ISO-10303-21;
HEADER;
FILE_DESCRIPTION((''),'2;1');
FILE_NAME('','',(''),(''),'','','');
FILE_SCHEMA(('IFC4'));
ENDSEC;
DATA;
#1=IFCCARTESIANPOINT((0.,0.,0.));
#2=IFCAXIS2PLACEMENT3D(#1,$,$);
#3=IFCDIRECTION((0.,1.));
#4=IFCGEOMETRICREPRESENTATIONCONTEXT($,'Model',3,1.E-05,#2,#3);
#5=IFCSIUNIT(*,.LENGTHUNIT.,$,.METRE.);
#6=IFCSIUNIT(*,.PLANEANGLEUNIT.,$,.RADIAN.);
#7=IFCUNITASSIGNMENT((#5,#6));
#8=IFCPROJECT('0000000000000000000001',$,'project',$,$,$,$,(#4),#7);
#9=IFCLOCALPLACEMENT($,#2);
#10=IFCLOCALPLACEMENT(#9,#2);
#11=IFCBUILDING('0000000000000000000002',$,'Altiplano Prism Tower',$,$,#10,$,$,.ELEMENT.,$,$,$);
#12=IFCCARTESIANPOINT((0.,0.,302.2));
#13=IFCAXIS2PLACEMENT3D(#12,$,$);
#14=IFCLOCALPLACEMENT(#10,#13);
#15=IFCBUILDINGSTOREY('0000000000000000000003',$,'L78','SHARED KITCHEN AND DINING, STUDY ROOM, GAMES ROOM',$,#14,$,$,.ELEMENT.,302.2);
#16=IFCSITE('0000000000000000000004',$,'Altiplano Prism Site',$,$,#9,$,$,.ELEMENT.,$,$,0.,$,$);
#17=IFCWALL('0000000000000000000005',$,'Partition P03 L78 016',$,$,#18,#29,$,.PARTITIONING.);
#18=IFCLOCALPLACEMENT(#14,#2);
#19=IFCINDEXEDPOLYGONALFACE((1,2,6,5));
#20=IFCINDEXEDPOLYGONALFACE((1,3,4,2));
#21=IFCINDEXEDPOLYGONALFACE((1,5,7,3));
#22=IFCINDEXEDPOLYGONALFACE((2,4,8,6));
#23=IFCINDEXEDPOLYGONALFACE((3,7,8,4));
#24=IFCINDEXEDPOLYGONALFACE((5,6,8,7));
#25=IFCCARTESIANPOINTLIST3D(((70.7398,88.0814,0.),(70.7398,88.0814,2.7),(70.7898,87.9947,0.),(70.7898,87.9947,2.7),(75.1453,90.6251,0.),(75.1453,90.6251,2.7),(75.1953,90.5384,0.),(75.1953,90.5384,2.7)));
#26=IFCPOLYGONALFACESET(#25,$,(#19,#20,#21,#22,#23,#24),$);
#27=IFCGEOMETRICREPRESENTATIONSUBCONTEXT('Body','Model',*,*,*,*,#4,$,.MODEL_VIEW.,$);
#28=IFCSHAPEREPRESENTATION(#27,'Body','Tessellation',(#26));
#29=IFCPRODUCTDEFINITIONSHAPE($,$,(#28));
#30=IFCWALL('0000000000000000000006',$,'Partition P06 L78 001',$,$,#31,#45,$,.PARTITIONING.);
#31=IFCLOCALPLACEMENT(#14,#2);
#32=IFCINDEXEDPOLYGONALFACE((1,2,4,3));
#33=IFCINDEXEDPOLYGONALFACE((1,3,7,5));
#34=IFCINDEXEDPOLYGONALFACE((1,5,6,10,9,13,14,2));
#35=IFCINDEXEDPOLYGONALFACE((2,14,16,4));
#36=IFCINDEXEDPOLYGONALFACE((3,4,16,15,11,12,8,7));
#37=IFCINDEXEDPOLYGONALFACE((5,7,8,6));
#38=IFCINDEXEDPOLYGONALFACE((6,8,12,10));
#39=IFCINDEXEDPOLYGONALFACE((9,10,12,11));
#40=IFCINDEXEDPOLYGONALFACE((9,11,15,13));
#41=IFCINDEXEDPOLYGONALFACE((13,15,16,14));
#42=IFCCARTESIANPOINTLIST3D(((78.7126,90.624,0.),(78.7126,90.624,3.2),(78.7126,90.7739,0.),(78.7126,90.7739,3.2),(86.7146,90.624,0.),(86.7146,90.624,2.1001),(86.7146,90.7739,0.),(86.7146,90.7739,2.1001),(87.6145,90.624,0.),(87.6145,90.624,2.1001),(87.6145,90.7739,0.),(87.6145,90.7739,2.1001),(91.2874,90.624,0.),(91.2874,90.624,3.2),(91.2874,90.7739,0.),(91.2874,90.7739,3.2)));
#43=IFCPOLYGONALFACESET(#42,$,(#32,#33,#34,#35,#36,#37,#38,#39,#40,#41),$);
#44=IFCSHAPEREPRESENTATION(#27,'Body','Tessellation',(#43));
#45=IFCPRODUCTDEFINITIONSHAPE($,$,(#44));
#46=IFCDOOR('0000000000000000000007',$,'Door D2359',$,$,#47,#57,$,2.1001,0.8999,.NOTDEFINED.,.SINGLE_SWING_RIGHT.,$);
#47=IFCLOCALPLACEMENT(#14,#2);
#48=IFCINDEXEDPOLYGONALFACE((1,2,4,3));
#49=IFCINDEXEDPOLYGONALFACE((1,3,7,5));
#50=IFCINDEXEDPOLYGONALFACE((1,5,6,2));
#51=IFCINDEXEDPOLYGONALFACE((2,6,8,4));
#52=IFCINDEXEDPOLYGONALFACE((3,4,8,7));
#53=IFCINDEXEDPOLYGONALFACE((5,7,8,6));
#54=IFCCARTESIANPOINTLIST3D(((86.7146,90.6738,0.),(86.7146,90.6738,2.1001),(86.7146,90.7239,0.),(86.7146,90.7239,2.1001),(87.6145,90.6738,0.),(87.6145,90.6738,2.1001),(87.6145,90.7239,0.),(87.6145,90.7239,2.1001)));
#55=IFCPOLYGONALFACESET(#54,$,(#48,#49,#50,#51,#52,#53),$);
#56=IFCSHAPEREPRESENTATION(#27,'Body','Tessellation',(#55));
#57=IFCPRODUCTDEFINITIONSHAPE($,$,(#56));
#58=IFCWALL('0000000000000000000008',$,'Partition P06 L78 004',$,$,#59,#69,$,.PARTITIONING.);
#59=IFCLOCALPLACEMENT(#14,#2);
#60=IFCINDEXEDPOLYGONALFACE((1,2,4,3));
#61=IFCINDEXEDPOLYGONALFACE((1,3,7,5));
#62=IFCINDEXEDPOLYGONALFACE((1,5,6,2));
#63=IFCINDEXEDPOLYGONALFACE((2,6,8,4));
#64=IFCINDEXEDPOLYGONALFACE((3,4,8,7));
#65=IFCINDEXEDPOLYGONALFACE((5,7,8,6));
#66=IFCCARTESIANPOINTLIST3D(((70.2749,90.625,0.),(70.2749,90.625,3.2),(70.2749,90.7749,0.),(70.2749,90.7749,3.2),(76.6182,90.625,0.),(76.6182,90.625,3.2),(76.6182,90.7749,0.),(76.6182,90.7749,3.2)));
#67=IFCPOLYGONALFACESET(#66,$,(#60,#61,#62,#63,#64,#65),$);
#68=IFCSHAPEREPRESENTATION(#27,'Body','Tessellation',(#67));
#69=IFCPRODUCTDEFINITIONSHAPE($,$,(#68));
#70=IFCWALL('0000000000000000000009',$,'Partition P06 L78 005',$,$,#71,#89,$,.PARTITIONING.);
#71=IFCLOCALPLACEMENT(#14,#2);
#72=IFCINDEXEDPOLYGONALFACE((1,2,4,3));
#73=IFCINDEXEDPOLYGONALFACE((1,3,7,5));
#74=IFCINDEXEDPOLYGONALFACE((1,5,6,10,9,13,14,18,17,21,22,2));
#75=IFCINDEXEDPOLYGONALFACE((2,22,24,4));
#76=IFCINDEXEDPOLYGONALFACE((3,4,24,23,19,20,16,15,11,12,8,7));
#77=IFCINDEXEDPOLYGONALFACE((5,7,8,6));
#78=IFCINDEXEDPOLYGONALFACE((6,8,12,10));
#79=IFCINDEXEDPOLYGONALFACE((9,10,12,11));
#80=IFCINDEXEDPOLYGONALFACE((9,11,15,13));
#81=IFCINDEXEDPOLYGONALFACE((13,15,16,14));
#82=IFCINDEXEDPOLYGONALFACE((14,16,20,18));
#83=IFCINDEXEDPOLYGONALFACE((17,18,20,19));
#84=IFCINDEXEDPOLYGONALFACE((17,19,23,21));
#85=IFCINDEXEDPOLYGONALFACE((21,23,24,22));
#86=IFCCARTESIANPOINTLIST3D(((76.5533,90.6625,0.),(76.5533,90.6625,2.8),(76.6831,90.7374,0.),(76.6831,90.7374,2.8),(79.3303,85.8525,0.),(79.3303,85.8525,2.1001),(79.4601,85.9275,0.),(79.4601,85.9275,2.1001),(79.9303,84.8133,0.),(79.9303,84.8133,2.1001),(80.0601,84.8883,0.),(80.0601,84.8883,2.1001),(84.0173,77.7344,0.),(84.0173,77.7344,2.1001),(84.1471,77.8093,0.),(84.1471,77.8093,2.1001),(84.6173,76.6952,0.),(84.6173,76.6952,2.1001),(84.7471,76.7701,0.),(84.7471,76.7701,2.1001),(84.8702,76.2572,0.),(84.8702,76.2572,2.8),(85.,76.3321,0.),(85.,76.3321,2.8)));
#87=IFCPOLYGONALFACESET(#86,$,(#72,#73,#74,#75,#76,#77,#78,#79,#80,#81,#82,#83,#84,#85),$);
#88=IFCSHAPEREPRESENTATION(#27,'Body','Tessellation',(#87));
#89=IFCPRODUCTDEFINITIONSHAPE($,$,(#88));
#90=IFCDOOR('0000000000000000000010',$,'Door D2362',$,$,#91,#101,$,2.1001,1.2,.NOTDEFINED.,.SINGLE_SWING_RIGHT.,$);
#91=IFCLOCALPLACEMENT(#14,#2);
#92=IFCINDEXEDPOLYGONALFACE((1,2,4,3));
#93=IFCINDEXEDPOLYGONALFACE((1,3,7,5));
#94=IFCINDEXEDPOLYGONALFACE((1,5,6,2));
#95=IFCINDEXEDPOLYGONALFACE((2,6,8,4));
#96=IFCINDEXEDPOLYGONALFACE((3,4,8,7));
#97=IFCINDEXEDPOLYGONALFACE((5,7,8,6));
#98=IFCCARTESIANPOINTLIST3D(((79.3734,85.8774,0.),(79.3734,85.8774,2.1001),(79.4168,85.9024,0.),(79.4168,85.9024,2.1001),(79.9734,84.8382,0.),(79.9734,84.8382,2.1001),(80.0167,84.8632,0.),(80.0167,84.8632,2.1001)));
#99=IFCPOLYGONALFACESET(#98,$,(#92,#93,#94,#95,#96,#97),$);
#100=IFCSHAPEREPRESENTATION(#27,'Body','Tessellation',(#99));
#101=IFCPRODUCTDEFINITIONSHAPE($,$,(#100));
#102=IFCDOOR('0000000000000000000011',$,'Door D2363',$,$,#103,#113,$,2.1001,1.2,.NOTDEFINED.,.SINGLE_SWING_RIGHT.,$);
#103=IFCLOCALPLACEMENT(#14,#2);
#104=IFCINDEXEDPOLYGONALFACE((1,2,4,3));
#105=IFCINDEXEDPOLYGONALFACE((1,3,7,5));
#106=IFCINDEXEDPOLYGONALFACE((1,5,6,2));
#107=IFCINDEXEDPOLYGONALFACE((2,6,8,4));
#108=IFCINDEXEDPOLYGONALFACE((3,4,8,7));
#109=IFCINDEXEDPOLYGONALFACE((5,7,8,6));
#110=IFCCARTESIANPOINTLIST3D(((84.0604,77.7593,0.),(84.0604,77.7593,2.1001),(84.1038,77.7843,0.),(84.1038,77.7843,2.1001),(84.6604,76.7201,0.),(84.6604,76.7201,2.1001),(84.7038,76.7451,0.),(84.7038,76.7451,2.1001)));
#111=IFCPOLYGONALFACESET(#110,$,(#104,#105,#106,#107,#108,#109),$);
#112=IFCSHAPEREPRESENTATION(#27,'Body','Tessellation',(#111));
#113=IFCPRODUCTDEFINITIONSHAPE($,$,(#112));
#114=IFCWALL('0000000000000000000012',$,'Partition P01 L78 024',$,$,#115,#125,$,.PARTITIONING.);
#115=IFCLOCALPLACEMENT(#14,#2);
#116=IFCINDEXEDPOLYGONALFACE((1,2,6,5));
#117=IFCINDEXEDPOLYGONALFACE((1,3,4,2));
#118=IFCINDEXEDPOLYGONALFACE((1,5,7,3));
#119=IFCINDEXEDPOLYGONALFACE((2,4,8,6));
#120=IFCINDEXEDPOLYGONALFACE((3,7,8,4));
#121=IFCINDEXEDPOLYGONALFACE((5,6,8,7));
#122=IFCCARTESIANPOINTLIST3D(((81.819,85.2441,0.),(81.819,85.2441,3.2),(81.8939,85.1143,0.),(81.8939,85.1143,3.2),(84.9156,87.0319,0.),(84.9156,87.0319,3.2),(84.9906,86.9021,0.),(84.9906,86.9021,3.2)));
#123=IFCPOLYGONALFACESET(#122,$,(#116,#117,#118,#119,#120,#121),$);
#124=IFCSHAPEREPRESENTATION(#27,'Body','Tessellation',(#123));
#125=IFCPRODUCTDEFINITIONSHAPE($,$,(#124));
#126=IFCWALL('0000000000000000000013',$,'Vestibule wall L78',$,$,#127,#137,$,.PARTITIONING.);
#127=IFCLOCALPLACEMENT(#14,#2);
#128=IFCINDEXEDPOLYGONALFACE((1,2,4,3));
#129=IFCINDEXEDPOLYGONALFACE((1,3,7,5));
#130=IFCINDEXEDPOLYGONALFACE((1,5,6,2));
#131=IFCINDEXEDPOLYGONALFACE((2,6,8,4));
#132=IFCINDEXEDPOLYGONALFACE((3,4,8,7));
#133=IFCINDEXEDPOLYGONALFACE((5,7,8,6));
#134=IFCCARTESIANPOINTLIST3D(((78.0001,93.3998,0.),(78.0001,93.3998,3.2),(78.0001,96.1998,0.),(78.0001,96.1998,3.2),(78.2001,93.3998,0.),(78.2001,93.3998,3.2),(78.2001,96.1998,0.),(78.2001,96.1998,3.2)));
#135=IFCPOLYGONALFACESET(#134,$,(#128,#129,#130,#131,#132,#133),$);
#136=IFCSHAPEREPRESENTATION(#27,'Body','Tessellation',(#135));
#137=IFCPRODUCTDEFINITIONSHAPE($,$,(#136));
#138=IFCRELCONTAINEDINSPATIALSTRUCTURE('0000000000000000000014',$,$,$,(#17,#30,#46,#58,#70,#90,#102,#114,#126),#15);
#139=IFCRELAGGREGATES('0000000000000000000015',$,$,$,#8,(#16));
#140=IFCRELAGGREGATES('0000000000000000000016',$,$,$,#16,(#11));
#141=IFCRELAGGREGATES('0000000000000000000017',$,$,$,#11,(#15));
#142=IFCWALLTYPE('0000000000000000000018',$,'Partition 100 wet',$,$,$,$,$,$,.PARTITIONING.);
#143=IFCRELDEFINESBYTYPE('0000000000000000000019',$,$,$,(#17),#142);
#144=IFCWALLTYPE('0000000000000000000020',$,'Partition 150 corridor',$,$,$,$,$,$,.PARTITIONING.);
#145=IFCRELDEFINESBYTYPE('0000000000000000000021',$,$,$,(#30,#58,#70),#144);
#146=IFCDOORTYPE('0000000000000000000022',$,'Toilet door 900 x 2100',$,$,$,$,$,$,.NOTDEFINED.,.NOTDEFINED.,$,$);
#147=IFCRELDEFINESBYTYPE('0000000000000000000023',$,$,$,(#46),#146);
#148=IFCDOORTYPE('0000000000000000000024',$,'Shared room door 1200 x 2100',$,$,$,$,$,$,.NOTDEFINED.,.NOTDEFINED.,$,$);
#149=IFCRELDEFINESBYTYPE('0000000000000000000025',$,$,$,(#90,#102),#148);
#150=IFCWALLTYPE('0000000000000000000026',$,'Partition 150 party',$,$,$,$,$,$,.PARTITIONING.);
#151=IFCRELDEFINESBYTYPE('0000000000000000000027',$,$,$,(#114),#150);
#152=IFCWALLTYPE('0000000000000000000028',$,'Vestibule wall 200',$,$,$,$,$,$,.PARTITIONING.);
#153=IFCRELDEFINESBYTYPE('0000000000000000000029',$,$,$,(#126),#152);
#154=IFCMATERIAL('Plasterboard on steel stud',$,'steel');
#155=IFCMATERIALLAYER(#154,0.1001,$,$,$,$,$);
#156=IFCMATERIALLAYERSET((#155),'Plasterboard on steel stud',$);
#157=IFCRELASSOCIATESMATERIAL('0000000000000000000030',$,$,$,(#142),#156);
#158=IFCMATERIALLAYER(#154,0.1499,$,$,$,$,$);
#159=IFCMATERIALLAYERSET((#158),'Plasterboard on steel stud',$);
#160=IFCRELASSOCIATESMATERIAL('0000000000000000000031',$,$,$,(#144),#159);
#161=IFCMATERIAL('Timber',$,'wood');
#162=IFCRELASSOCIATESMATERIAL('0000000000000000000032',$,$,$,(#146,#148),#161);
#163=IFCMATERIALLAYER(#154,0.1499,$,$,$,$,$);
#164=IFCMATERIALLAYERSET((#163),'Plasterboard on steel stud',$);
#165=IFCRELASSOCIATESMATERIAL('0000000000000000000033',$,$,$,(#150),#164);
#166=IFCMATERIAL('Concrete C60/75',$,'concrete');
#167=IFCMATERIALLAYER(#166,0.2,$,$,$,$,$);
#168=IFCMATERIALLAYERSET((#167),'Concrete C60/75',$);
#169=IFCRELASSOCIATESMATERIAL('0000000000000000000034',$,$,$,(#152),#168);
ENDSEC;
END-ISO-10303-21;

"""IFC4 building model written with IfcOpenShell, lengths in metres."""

from ifc_helpers import new_model, si_unit, direction, frame, frame_2d, origin, place, context, subcontext, project, spatial, rectangle, extrude, material, layer, layer_set, type_object, element, fill, save


model = new_model("IFC4")

# Units and contexts
model_context = context("Model", 3, precision=1e-05, world=origin(), true_north=direction((0.0, 1.0)))
body_context = subcontext(model_context, "Body", "Model", "MODEL_VIEW")
ifc_project = project(units=[si_unit("LENGTHUNIT", "METRE"), si_unit("PLANEANGLEUNIT", "RADIAN")], contexts=[model_context])

# Site, building, storey
site_placement = place(None, origin())
site = spatial("IfcSite", under=ifc_project, at=site_placement, Name="Altiplano Prism Site", CompositionType="ELEMENT", RefElevation=0.0)
building_placement = place(site_placement, origin())
building = spatial("IfcBuilding", under=site, at=building_placement, Name="Altiplano Prism Tower", CompositionType="ELEMENT")
storey_placement = place(building_placement, frame((0.0, 0.0, 302.2)))
storey = spatial("IfcBuildingStorey", under=building, at=storey_placement, Name="L78", Description="SHARED KITCHEN AND DINING, STUDY ROOM, GAMES ROOM", CompositionType="ELEMENT", Elevation=302.2)

# Shared definitions
ifc_material_1 = material(Name="Concrete C60/75", Category="concrete")

# Wall
ifc_material_2 = material(Name="Plasterboard on steel stud", Category="steel")
ifc_layer_1 = layer(ifc_material_2, 0.1001)
ifc_layer_set_1 = layer_set([ifc_layer_1], Name="Plasterboard on steel stud")
wall_type_1 = type_object("IfcWallType", Name="Partition 100 wet", PredefinedType="PARTITIONING", material=ifc_layer_set_1)
wall_1_placement = place(storey_placement, frame((70.7649, 88.0381, 0.0), z_axis=(0.0, 0.0, 1.0), x_axis=(0.866011, 0.500026, 0.0)))
element("IfcWall", 1, at=wall_1_placement, inside=storey, type_object=wall_type_1, Name="Partition P03 L78 016", PredefinedType="PARTITIONING", context=body_context, shape_type="SweptSolid", body=[
    extrude(rectangle(XDim=5.0872, YDim=0.1001, at=frame_2d((2.5435, 0.0))), origin(), (0.0, 0.0, 1.0), 2.7),
])

# Wall, opening, door
ifc_layer_2 = layer(ifc_material_2, 0.1499)
ifc_layer_set_2 = layer_set([ifc_layer_2], Name="Plasterboard on steel stud")
wall_type_2 = type_object("IfcWallType", Name="Partition 150 corridor", PredefinedType="PARTITIONING", material=ifc_layer_set_2)
wall_2_placement = place(storey_placement, frame((78.7126, 90.699, 0.0), z_axis=(0.0, 0.0, 1.0), x_axis=(1.0, 0.0, 0.0)))
wall_2 = element("IfcWall", 2, at=wall_2_placement, inside=storey, type_object=wall_type_2, Name="Partition P06 L78 001", PredefinedType="PARTITIONING", context=body_context, shape_type="SweptSolid", body=[
    extrude(rectangle(XDim=12.5747, YDim=0.1499, at=frame_2d((6.2874, 0.0))), origin(), (0.0, 0.0, 1.0), 3.2),
])
opening_1_placement = place(wall_2_placement, frame((8.002, 0.0, 0.0)))
opening_1 = element("IfcOpeningElement", 3, at=opening_1_placement, cuts=wall_2, PredefinedType="OPENING", context=body_context, shape_type="SweptSolid", body=[
    extrude(rectangle(XDim=0.8999, YDim=2.1001, at=frame_2d((0.45, 1.05))), frame((0.0, 0.0854, 0.0), z_axis=(0.0, -1.0, 0.0), x_axis=(1.0, 0.0, 0.0)), (0.0, 0.0, 1.0), 0.1709),
])
ifc_material_3 = material(Name="Timber", Category="wood")
door_type_1 = type_object("IfcDoorType", Name="Toilet door 900 x 2100", OperationType="NOTDEFINED", PredefinedType="NOTDEFINED", material=ifc_material_3)
door_1_placement = place(opening_1_placement, origin())
door_1 = element("IfcDoor", 4, at=door_1_placement, inside=storey, type_object=door_type_1, Name="Door D2359", OperationType="SINGLE_SWING_RIGHT", OverallHeight=2.1001, OverallWidth=0.8999, PredefinedType="NOTDEFINED", context=body_context, shape_type="SweptSolid", body=[
    extrude(rectangle(XDim=0.8999, YDim=2.1001, at=frame_2d((0.45, 1.05))), frame((0.0, 0.0249, 0.0), z_axis=(0.0, -1.0, 0.0), x_axis=(1.0, 0.0, 0.0)), (0.0, 0.0, 1.0), 0.05),
])
fill(opening_1, door_1)

# Wall
wall_3_placement = place(storey_placement, frame((70.2749, 90.7, 0.0), z_axis=(0.0, 0.0, 1.0), x_axis=(1.0, 0.0, 0.0)))
element("IfcWall", 5, at=wall_3_placement, inside=storey, type_object=wall_type_2, Name="Partition P06 L78 004", PredefinedType="PARTITIONING", context=body_context, shape_type="SweptSolid", body=[
    extrude(rectangle(XDim=6.3433, YDim=0.1499, at=frame_2d((3.1716, 0.0))), origin(), (0.0, 0.0, 1.0), 3.2),
])

# Wall, openings, doors
wall_4_placement = place(storey_placement, frame((76.6182, 90.7, 0.0), z_axis=(0.0, 0.0, 1.0), x_axis=(0.5, -0.866025, 0.0)))
wall_4 = element("IfcWall", 6, at=wall_4_placement, inside=storey, type_object=wall_type_2, Name="Partition P06 L78 005", PredefinedType="PARTITIONING", context=body_context, shape_type="SweptSolid", body=[
    extrude(rectangle(XDim=16.6338, YDim=0.1499, at=frame_2d((8.3169, 0.0))), origin(), (0.0, 0.0, 1.0), 2.8),
])
opening_2_placement = place(wall_4_placement, frame((5.554, 0.0, 0.0)))
opening_2 = element("IfcOpeningElement", 7, at=opening_2_placement, cuts=wall_4, PredefinedType="OPENING", context=body_context, shape_type="SweptSolid", body=[
    extrude(rectangle(XDim=1.2, YDim=2.1001, at=frame_2d((0.6001, 1.05))), frame((0.0, 0.0854, 0.0), z_axis=(0.0, -1.0, 0.0), x_axis=(1.0, 0.0, 0.0)), (0.0, 0.0, 1.0), 0.1709),
])
opening_3_placement = place(wall_4_placement, frame((14.928, 0.0, 0.0)))
opening_3 = element("IfcOpeningElement", 8, at=opening_3_placement, cuts=wall_4, PredefinedType="OPENING", context=body_context, shape_type="SweptSolid", body=[
    extrude(rectangle(XDim=1.2, YDim=2.1001, at=frame_2d((0.6001, 1.05))), frame((0.0, 0.0854, 0.0), z_axis=(0.0, -1.0, 0.0), x_axis=(1.0, 0.0, 0.0)), (0.0, 0.0, 1.0), 0.1709),
])
door_type_2 = type_object("IfcDoorType", Name="Shared room door 1200 x 2100", OperationType="NOTDEFINED", PredefinedType="NOTDEFINED", material=ifc_material_3)
door_2_placement = place(opening_2_placement, origin())
door_2 = element("IfcDoor", 9, at=door_2_placement, inside=storey, type_object=door_type_2, Name="Door D2362", OperationType="SINGLE_SWING_RIGHT", OverallHeight=2.1001, OverallWidth=1.2, PredefinedType="NOTDEFINED", context=body_context, shape_type="SweptSolid", body=[
    extrude(rectangle(XDim=1.2, YDim=2.1001, at=frame_2d((0.6001, 1.05))), frame((0.0, 0.0249, 0.0), z_axis=(0.0, -1.0, 0.0), x_axis=(1.0, 0.0, 0.0)), (0.0, 0.0, 1.0), 0.05),
])
fill(opening_2, door_2)
door_3_placement = place(opening_3_placement, origin())
door_3 = element("IfcDoor", 10, at=door_3_placement, inside=storey, type_object=door_type_2, Name="Door D2363", OperationType="SINGLE_SWING_RIGHT", OverallHeight=2.1001, OverallWidth=1.2, PredefinedType="NOTDEFINED", context=body_context, shape_type="SweptSolid", body=[
    extrude(rectangle(XDim=1.2, YDim=2.1001, at=frame_2d((0.6001, 1.05))), frame((0.0, 0.0249, 0.0), z_axis=(0.0, -1.0, 0.0), x_axis=(1.0, 0.0, 0.0)), (0.0, 0.0, 1.0), 0.05),
])
fill(opening_3, door_3)

# Walls
ifc_layer_3 = layer(ifc_material_2, 0.1499)
ifc_layer_set_3 = layer_set([ifc_layer_3], Name="Plasterboard on steel stud")
wall_type_3 = type_object("IfcWallType", Name="Partition 150 party", PredefinedType="PARTITIONING", material=ifc_layer_set_3)
wall_5_placement = place(storey_placement, frame((81.8564, 85.1792, 0.0), z_axis=(0.0, 0.0, 1.0), x_axis=(0.866029, 0.499994, 0.0)))
element("IfcWall", 11, at=wall_5_placement, inside=storey, type_object=wall_type_3, Name="Partition P01 L78 024", PredefinedType="PARTITIONING", context=body_context, shape_type="SweptSolid", body=[
    extrude(rectangle(XDim=3.5757, YDim=0.1499, at=frame_2d((1.7878, 0.0))), origin(), (0.0, 0.0, 1.0), 3.2),
])
ifc_layer_4 = layer(ifc_material_1, 0.2)
ifc_layer_set_4 = layer_set([ifc_layer_4], Name="Concrete C60/75")
wall_type_4 = type_object("IfcWallType", Name="Vestibule wall 200", PredefinedType="PARTITIONING", material=ifc_layer_set_4)
wall_6_placement = place(storey_placement, frame((78.1001, 93.3999, 0.0), z_axis=(0.0, 0.0, 1.0), x_axis=(0.0, 1.0, 0.0)))
element("IfcWall", 12, at=wall_6_placement, inside=storey, type_object=wall_type_4, Name="Vestibule wall L78", PredefinedType="PARTITIONING", context=body_context, shape_type="SweptSolid", body=[
    extrude(rectangle(XDim=2.8, YDim=0.2, at=frame_2d((1.3999, 0.0))), origin(), (0.0, 0.0, 1.0), 3.2),
])

save(model, "model.ifc")
